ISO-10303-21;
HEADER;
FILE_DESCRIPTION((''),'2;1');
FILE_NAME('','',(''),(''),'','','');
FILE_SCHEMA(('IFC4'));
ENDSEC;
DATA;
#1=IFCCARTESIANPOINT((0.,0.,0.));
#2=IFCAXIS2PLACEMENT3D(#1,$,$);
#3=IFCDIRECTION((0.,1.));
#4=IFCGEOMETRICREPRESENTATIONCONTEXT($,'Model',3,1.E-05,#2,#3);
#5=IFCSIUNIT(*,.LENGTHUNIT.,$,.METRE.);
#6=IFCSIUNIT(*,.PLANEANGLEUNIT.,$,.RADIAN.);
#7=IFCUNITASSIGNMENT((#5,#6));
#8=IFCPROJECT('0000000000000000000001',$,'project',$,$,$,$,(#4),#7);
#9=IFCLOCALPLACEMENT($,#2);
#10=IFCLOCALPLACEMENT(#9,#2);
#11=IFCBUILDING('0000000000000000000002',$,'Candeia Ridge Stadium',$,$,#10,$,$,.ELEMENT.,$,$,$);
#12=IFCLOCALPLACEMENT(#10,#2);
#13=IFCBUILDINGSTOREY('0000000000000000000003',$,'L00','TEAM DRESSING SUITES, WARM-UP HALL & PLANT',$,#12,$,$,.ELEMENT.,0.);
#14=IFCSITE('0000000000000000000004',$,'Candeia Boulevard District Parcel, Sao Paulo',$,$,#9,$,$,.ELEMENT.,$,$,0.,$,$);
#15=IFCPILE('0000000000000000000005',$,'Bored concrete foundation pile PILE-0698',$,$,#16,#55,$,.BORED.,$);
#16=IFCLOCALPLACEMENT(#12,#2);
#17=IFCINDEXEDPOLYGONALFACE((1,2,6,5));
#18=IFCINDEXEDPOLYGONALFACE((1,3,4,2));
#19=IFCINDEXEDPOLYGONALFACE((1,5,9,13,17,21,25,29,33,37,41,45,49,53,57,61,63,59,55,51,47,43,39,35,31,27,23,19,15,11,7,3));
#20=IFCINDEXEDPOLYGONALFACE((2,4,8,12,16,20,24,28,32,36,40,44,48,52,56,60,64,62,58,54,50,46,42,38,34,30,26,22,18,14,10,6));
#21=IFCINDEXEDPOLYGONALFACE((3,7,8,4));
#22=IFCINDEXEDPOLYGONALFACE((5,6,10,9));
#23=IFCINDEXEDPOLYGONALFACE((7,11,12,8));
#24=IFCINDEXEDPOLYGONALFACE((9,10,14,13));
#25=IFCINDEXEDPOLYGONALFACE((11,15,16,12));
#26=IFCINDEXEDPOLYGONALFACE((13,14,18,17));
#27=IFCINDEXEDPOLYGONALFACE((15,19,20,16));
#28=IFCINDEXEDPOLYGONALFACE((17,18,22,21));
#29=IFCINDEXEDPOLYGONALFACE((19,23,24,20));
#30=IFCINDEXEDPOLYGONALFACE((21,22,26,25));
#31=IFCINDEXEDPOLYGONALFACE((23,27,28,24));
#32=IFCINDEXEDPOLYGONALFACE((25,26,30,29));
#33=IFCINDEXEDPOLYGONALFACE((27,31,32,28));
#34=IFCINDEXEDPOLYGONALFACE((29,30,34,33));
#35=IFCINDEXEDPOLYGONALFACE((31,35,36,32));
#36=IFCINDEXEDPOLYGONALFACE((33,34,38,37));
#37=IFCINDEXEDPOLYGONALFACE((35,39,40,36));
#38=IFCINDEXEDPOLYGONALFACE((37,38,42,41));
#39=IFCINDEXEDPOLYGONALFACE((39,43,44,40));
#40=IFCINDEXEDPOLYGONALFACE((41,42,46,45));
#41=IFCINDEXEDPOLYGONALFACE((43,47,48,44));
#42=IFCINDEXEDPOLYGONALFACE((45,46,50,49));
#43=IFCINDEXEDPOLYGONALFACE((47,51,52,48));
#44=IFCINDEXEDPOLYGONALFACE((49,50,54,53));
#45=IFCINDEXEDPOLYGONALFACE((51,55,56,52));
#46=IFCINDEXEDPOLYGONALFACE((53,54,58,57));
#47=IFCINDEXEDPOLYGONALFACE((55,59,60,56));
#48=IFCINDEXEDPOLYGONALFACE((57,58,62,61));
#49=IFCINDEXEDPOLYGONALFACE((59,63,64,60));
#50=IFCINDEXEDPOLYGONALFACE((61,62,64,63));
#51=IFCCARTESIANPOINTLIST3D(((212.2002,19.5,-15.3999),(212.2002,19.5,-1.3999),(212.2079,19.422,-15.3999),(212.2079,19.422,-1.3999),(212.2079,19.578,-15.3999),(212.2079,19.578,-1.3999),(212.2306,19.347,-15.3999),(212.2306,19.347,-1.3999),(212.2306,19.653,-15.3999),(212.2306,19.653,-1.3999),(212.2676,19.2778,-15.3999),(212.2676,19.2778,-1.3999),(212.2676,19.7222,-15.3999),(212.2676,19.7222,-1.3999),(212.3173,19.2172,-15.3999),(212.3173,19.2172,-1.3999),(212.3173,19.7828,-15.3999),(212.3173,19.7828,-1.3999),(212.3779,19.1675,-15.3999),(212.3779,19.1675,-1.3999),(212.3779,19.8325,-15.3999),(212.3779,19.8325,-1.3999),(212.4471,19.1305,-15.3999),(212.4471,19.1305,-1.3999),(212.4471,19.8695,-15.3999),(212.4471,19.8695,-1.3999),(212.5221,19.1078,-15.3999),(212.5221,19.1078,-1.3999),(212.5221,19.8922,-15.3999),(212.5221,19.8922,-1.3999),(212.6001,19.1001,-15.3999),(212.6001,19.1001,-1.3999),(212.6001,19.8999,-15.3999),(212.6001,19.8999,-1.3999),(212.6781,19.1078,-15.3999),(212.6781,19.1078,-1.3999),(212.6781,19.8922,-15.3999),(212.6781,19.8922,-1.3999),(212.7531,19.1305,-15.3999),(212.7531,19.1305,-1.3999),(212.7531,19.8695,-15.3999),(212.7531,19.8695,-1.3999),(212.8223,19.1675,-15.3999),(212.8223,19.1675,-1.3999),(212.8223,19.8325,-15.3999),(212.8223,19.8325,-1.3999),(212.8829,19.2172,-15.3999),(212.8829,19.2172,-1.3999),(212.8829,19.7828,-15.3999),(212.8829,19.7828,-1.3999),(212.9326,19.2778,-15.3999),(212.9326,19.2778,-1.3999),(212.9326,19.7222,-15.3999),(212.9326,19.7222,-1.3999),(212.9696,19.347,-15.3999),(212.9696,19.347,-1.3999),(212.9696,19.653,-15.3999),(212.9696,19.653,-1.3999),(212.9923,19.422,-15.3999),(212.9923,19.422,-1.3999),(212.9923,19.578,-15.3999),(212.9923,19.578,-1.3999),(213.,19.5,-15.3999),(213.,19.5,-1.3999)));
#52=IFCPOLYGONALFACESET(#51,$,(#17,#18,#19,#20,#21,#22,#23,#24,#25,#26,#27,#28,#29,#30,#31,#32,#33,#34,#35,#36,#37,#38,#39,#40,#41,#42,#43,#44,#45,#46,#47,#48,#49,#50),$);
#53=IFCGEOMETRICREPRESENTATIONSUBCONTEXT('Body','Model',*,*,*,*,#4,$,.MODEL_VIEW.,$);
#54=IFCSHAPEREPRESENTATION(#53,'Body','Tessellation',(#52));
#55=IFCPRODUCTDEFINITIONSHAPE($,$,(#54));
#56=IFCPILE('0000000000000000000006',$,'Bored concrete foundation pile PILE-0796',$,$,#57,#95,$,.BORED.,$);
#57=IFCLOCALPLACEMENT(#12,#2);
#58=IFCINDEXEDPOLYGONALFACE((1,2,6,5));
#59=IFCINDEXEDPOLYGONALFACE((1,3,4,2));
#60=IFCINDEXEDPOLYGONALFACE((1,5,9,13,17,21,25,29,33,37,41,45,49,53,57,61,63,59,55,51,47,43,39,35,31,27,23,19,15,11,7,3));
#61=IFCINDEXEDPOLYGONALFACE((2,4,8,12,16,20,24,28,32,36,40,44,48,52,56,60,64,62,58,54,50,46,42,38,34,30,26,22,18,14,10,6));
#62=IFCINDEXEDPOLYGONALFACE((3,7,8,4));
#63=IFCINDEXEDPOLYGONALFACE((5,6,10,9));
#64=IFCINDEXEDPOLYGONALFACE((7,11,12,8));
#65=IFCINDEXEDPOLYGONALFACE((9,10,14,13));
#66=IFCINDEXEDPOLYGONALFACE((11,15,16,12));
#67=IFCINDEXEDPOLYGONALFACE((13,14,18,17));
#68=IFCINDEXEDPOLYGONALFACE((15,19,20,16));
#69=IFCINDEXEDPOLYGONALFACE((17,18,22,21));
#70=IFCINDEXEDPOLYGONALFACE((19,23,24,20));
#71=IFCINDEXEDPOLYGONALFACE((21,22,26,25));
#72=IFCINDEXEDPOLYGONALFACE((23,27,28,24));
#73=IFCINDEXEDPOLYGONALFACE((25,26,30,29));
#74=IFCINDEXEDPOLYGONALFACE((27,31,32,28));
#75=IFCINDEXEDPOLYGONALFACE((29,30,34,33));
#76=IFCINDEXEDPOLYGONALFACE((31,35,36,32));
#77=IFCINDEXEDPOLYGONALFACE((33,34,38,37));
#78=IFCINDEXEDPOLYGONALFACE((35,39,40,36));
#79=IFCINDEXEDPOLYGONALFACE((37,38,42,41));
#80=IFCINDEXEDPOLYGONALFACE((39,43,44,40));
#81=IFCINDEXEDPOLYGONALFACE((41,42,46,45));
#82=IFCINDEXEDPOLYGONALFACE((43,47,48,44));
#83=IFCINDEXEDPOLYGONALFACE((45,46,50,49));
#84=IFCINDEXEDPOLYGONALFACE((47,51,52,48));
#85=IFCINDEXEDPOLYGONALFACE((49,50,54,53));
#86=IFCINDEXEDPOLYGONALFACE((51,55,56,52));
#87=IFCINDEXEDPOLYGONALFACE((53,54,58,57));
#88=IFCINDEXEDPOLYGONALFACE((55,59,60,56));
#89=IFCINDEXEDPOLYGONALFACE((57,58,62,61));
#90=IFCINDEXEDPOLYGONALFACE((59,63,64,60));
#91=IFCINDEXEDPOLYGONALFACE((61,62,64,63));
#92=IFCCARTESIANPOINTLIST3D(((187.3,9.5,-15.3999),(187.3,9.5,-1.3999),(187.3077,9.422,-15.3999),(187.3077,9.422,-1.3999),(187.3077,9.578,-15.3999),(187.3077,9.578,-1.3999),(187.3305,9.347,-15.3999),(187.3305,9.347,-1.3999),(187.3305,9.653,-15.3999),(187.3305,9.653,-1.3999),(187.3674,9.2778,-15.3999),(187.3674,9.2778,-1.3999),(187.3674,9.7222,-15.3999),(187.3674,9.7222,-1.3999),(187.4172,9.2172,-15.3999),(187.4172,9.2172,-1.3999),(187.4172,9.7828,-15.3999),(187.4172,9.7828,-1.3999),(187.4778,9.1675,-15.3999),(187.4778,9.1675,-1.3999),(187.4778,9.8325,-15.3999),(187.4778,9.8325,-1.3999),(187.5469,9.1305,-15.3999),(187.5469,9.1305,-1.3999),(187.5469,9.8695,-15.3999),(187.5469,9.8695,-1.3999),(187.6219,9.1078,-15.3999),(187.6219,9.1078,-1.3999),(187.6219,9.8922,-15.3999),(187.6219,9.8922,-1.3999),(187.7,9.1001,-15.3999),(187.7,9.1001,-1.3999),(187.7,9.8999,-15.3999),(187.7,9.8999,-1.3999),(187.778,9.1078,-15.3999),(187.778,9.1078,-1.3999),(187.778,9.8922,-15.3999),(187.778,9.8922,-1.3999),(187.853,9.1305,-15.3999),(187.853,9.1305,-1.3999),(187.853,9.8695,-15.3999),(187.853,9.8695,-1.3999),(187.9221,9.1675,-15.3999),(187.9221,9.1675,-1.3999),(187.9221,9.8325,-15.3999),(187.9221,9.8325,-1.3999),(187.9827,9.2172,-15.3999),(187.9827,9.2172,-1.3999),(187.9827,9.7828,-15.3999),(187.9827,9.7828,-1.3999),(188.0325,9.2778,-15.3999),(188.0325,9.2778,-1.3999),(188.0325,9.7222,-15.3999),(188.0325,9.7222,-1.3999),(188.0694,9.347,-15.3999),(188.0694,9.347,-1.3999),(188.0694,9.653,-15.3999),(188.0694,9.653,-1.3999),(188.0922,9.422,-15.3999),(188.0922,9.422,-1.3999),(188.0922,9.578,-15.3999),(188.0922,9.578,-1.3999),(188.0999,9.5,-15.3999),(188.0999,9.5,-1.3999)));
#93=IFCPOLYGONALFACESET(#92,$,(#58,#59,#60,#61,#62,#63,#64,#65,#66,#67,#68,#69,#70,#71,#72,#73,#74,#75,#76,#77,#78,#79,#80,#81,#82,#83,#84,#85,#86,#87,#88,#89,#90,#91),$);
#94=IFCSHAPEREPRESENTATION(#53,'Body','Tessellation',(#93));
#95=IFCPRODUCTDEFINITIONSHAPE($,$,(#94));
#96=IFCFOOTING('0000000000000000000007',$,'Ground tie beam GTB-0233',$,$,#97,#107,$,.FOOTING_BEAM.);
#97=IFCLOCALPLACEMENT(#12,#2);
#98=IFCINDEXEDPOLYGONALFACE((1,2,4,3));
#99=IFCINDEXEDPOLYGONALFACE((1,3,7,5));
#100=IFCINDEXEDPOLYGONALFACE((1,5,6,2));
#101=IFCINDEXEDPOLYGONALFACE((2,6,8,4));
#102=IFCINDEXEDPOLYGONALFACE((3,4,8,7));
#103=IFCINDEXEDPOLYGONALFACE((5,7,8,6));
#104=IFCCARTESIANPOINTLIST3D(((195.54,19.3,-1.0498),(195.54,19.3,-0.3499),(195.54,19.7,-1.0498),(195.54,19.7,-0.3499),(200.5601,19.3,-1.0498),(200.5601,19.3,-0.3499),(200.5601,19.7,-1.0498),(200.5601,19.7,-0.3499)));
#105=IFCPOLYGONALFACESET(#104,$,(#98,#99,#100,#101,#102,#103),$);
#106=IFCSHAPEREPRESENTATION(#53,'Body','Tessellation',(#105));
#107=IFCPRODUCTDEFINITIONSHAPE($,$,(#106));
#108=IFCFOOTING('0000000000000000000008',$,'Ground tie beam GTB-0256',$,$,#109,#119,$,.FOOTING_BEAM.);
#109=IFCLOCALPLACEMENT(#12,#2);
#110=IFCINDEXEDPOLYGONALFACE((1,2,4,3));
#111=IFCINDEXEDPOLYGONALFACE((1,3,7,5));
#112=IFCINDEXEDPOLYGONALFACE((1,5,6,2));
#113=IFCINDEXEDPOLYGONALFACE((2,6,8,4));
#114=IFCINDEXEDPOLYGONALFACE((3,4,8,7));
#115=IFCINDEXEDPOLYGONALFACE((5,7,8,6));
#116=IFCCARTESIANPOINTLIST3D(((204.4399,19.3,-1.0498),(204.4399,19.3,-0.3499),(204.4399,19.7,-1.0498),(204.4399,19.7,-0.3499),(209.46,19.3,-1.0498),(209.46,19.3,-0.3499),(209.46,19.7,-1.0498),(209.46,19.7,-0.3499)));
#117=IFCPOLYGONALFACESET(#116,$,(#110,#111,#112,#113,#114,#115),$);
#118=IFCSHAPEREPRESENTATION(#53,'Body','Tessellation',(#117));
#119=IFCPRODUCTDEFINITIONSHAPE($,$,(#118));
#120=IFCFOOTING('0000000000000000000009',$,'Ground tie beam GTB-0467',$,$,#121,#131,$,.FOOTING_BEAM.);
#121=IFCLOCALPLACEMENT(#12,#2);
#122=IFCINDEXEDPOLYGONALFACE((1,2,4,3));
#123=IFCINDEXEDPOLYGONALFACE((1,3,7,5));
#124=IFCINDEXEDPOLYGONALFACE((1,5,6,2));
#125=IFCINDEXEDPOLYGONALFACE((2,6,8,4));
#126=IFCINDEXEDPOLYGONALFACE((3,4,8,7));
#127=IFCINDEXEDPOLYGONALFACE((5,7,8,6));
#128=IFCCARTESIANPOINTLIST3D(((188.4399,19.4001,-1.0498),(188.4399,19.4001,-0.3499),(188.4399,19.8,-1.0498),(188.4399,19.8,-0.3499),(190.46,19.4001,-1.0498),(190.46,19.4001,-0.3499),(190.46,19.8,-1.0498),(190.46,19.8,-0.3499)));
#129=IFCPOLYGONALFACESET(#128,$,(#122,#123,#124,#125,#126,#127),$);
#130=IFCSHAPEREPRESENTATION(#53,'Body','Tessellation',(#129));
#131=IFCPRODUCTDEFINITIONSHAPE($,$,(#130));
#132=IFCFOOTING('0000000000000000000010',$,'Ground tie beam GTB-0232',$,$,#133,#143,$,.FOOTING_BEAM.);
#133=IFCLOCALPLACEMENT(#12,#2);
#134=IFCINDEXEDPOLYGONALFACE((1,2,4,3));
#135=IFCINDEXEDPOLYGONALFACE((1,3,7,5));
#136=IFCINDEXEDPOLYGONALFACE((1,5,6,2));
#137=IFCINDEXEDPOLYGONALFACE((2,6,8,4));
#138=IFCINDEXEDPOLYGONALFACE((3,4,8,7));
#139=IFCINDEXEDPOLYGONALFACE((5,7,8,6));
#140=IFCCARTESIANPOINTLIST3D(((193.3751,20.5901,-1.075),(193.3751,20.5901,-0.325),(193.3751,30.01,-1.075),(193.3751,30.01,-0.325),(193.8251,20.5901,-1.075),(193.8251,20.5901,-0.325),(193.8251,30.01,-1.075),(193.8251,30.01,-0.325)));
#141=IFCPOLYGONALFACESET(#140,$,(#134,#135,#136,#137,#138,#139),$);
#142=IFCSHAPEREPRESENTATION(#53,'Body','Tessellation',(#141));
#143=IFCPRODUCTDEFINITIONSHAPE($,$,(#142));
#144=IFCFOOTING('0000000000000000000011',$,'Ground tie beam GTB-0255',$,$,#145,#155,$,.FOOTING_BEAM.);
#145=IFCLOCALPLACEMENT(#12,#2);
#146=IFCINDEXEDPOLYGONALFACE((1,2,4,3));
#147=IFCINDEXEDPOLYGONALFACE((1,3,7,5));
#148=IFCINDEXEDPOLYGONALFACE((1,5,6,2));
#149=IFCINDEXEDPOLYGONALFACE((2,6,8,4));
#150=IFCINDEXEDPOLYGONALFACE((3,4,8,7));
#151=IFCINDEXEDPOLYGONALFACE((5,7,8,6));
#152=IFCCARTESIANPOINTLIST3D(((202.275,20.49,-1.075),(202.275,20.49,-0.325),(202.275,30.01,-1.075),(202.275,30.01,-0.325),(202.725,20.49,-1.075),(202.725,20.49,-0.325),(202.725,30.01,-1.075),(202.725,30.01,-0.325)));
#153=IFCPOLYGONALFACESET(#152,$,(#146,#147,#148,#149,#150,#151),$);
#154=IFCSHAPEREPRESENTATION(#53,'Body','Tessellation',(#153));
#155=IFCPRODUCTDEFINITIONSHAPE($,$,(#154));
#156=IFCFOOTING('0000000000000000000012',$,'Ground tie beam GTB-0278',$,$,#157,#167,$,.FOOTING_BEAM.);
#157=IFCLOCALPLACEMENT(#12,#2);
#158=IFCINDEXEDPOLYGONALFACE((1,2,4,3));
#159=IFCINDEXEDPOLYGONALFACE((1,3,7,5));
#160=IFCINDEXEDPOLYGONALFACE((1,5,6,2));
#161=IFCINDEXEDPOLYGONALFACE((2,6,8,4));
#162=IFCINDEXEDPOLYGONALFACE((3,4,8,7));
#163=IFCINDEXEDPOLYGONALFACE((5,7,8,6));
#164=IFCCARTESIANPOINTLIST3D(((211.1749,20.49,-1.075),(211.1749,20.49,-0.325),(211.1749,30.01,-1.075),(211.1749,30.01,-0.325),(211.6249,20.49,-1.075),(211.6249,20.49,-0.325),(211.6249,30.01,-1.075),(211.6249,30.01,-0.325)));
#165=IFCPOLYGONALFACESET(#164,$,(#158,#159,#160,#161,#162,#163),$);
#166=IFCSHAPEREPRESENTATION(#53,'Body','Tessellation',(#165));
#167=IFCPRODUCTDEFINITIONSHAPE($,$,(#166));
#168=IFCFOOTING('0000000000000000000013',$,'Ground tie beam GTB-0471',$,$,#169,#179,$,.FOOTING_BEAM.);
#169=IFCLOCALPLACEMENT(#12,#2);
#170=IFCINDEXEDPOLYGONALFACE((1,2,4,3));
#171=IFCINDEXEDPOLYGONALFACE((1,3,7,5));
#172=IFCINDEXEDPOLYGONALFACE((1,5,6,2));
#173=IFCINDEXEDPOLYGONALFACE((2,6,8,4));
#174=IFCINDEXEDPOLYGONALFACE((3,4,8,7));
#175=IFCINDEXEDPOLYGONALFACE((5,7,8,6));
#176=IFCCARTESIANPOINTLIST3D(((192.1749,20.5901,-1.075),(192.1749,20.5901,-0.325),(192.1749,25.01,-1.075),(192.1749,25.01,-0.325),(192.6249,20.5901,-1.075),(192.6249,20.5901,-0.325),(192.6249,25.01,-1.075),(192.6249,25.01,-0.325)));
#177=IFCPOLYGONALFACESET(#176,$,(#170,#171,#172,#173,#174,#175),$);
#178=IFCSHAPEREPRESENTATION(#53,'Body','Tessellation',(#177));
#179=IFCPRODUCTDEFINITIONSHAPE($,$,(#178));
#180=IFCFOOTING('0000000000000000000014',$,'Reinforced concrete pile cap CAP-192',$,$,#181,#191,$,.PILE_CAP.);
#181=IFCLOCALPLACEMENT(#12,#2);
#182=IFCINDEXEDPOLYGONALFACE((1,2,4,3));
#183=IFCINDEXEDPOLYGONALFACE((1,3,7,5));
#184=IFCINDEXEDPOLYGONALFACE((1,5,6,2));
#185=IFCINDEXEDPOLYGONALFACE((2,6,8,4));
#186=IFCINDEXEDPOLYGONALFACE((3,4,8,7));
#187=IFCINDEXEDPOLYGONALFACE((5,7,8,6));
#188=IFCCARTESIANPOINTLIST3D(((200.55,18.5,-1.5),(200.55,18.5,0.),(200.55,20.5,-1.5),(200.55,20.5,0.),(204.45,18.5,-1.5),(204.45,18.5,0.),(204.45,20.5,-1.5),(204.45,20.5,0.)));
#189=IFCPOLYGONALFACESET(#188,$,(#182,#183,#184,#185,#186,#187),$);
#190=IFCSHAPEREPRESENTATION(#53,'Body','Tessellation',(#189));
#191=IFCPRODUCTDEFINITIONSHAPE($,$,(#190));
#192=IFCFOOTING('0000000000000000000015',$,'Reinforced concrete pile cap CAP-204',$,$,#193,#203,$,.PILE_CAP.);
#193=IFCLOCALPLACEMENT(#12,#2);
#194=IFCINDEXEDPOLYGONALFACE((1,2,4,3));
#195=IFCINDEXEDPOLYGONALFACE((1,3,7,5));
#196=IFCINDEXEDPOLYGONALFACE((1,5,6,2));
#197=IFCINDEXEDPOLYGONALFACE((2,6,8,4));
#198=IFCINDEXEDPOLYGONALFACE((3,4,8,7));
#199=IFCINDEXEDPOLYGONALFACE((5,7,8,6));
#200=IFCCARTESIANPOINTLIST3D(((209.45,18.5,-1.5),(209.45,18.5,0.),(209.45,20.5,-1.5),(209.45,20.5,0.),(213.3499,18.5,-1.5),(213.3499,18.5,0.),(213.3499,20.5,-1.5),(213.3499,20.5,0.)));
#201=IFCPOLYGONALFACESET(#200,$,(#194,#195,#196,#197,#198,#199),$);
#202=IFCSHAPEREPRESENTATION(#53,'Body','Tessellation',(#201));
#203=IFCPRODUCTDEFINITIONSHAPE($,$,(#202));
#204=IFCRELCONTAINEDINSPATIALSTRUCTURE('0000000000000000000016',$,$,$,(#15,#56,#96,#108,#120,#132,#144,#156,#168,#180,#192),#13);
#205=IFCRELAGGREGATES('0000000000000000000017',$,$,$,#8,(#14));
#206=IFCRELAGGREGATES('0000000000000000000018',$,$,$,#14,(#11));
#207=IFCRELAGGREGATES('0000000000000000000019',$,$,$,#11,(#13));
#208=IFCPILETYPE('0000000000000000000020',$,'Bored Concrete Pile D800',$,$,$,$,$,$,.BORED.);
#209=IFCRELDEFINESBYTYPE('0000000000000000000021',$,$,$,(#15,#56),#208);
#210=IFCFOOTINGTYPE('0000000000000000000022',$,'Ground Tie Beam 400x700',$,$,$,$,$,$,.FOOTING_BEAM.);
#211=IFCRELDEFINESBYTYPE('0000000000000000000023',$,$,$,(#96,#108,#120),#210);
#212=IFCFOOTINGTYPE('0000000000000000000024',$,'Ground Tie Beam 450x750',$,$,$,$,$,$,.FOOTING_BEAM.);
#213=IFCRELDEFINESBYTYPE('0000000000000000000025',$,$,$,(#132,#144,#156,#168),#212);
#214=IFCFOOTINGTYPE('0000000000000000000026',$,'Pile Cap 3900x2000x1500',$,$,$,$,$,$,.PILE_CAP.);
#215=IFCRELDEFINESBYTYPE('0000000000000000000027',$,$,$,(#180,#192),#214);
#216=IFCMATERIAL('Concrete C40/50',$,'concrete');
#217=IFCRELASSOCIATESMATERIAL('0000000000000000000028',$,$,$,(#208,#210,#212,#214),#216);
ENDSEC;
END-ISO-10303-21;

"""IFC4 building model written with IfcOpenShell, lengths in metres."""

from ifc_helpers import new_model, si_unit, direction, frame, origin, origin_2d, place, context, subcontext, project, spatial, rectangle, circle, extrude, material, material_profile, profile_set, type_object, element, save


model = new_model("IFC4")

# Units and contexts
model_context = context("Model", 3, precision=1e-05, world=origin(), true_north=direction((0.0, 1.0)))
body_context = subcontext(model_context, "Body", "Model", "MODEL_VIEW")
ifc_project = project(units=[si_unit("LENGTHUNIT", "METRE"), si_unit("PLANEANGLEUNIT", "RADIAN")], contexts=[model_context])

# Site, building, storey
site_placement = place(None, origin())
site = spatial("IfcSite", under=ifc_project, at=site_placement, Name="Candeia Boulevard District Parcel, Sao Paulo", CompositionType="ELEMENT", RefElevation=0.0)
building_placement = place(site_placement, origin())
building = spatial("IfcBuilding", under=site, at=building_placement, Name="Candeia Ridge Stadium", CompositionType="ELEMENT")
storey_placement = place(building_placement, origin())
storey = spatial("IfcBuildingStorey", under=building, at=storey_placement, Name="L00", Description="TEAM DRESSING SUITES, WARM-UP HALL & PLANT", CompositionType="ELEMENT", Elevation=0.0)

# Piles
ifc_material_1 = material(Name="Concrete C40/50", Category="concrete")
ifc_material_profile_1 = material_profile(ifc_material_1, circle(Radius=0.3999, at=origin_2d()), Name="PILE-D800", Category="concrete")
ifc_profile_set_1 = profile_set([ifc_material_profile_1], Name="Concrete C40/50")
pile_type = type_object("IfcPileType", Name="Bored Concrete Pile D800", PredefinedType="BORED", material=ifc_profile_set_1)
for number, where, z_axis, x_axis, name in (
    (1, (212.6001, 19.5, -1.3999), (0.0, 0.0, -1.0), (1.0, 0.0, 0.0), "Bored concrete foundation pile PILE-0698"),
    (2, (187.7, 9.5, -1.3999), (0.0, 0.0, -1.0), (1.0, 0.0, 0.0), "Bored concrete foundation pile PILE-0796"),
):
    element("IfcPile", number, at=place(storey_placement, frame(where, z_axis=z_axis, x_axis=x_axis)), inside=storey, type_object=pile_type, Name=name, PredefinedType="BORED", context=body_context, shape_type="SweptSolid", body=[
        extrude(circle(Radius=0.3999, at=origin_2d()), origin(), (0.0, 0.0, 1.0), 14.0),
    ])

# Footings
footing_type_1 = type_object("IfcFootingType", Name="Ground Tie Beam 400x700", PredefinedType="FOOTING_BEAM", material=ifc_material_1)
for number, where, z_axis, x_axis, name in (
    (3, (198.05, 19.5, -1.0498), (0.0, 0.0, 1.0), (1.0, 0.0, 0.0), "Ground tie beam GTB-0233"),
    (4, (206.95, 19.5, -1.0498), (0.0, 0.0, 1.0), (1.0, 0.0, 0.0), "Ground tie beam GTB-0256"),
):
    element("IfcFooting", number, at=place(storey_placement, frame(where, z_axis=z_axis, x_axis=x_axis)), inside=storey, type_object=footing_type_1, Name=name, PredefinedType="FOOTING_BEAM", context=body_context, shape_type="SweptSolid", body=[
        extrude(rectangle(XDim=5.02, YDim=0.3999, at=origin_2d()), origin(), (0.0, 0.0, 1.0), 0.7),
    ])
footing_1_placement = place(storey_placement, frame((189.45, 19.6001, -1.0498), z_axis=(0.0, 0.0, 1.0), x_axis=(1.0, 0.0, 0.0)))
element("IfcFooting", 5, at=footing_1_placement, inside=storey, type_object=footing_type_1, Name="Ground tie beam GTB-0467", PredefinedType="FOOTING_BEAM", context=body_context, shape_type="SweptSolid", body=[
    extrude(rectangle(XDim=2.02, YDim=0.3999, at=origin_2d()), origin(), (0.0, 0.0, 1.0), 0.7),
])
footing_type_2 = type_object("IfcFootingType", Name="Ground Tie Beam 450x750", PredefinedType="FOOTING_BEAM", material=ifc_material_1)
footing_2_placement = place(storey_placement, frame((193.6001, 25.3, -1.075), z_axis=(0.0, 0.0, 1.0), x_axis=(0.0, 1.0, 0.0)))
element("IfcFooting", 6, at=footing_2_placement, inside=storey, type_object=footing_type_2, Name="Ground tie beam GTB-0232", PredefinedType="FOOTING_BEAM", context=body_context, shape_type="SweptSolid", body=[
    extrude(rectangle(XDim=9.4199, YDim=0.45, at=origin_2d()), origin(), (0.0, 0.0, 1.0), 0.75),
])
for number, where, z_axis, x_axis, name in (
    (7, (202.5, 25.25, -1.075), (0.0, 0.0, 1.0), (0.0, 1.0, 0.0), "Ground tie beam GTB-0255"),
    (8, (211.3999, 25.25, -1.075), (0.0, 0.0, 1.0), (0.0, 1.0, 0.0), "Ground tie beam GTB-0278"),
):
    element("IfcFooting", number, at=place(storey_placement, frame(where, z_axis=z_axis, x_axis=x_axis)), inside=storey, type_object=footing_type_2, Name=name, PredefinedType="FOOTING_BEAM", context=body_context, shape_type="SweptSolid", body=[
        extrude(rectangle(XDim=9.52, YDim=0.45, at=origin_2d()), origin(), (0.0, 0.0, 1.0), 0.75),
    ])
footing_3_placement = place(storey_placement, frame((192.3999, 22.8, -1.075), z_axis=(0.0, 0.0, 1.0), x_axis=(0.0, 1.0, 0.0)))
element("IfcFooting", 9, at=footing_3_placement, inside=storey, type_object=footing_type_2, Name="Ground tie beam GTB-0471", PredefinedType="FOOTING_BEAM", context=body_context, shape_type="SweptSolid", body=[
    extrude(rectangle(XDim=4.4199, YDim=0.45, at=origin_2d()), origin(), (0.0, 0.0, 1.0), 0.75),
])
footing_type_3 = type_object("IfcFootingType", Name="Pile Cap 3900x2000x1500", PredefinedType="PILE_CAP", material=ifc_material_1)
for number, where, z_axis, x_axis, name in (
    (10, (202.5, 19.5, -1.5), (0.0, 0.0, 1.0), (1.0, 0.0, 0.0), "Reinforced concrete pile cap CAP-192"),
    (11, (211.3999, 19.5, -1.5), (0.0, 0.0, 1.0), (1.0, 0.0, 0.0), "Reinforced concrete pile cap CAP-204"),
):
    element("IfcFooting", number, at=place(storey_placement, frame(where, z_axis=z_axis, x_axis=x_axis)), inside=storey, type_object=footing_type_3, Name=name, PredefinedType="PILE_CAP", context=body_context, shape_type="SweptSolid", body=[
        extrude(rectangle(XDim=3.8999, YDim=2.0, at=origin_2d()), origin(), (0.0, 0.0, 1.0), 1.5),
    ])

save(model, "model.ifc")
